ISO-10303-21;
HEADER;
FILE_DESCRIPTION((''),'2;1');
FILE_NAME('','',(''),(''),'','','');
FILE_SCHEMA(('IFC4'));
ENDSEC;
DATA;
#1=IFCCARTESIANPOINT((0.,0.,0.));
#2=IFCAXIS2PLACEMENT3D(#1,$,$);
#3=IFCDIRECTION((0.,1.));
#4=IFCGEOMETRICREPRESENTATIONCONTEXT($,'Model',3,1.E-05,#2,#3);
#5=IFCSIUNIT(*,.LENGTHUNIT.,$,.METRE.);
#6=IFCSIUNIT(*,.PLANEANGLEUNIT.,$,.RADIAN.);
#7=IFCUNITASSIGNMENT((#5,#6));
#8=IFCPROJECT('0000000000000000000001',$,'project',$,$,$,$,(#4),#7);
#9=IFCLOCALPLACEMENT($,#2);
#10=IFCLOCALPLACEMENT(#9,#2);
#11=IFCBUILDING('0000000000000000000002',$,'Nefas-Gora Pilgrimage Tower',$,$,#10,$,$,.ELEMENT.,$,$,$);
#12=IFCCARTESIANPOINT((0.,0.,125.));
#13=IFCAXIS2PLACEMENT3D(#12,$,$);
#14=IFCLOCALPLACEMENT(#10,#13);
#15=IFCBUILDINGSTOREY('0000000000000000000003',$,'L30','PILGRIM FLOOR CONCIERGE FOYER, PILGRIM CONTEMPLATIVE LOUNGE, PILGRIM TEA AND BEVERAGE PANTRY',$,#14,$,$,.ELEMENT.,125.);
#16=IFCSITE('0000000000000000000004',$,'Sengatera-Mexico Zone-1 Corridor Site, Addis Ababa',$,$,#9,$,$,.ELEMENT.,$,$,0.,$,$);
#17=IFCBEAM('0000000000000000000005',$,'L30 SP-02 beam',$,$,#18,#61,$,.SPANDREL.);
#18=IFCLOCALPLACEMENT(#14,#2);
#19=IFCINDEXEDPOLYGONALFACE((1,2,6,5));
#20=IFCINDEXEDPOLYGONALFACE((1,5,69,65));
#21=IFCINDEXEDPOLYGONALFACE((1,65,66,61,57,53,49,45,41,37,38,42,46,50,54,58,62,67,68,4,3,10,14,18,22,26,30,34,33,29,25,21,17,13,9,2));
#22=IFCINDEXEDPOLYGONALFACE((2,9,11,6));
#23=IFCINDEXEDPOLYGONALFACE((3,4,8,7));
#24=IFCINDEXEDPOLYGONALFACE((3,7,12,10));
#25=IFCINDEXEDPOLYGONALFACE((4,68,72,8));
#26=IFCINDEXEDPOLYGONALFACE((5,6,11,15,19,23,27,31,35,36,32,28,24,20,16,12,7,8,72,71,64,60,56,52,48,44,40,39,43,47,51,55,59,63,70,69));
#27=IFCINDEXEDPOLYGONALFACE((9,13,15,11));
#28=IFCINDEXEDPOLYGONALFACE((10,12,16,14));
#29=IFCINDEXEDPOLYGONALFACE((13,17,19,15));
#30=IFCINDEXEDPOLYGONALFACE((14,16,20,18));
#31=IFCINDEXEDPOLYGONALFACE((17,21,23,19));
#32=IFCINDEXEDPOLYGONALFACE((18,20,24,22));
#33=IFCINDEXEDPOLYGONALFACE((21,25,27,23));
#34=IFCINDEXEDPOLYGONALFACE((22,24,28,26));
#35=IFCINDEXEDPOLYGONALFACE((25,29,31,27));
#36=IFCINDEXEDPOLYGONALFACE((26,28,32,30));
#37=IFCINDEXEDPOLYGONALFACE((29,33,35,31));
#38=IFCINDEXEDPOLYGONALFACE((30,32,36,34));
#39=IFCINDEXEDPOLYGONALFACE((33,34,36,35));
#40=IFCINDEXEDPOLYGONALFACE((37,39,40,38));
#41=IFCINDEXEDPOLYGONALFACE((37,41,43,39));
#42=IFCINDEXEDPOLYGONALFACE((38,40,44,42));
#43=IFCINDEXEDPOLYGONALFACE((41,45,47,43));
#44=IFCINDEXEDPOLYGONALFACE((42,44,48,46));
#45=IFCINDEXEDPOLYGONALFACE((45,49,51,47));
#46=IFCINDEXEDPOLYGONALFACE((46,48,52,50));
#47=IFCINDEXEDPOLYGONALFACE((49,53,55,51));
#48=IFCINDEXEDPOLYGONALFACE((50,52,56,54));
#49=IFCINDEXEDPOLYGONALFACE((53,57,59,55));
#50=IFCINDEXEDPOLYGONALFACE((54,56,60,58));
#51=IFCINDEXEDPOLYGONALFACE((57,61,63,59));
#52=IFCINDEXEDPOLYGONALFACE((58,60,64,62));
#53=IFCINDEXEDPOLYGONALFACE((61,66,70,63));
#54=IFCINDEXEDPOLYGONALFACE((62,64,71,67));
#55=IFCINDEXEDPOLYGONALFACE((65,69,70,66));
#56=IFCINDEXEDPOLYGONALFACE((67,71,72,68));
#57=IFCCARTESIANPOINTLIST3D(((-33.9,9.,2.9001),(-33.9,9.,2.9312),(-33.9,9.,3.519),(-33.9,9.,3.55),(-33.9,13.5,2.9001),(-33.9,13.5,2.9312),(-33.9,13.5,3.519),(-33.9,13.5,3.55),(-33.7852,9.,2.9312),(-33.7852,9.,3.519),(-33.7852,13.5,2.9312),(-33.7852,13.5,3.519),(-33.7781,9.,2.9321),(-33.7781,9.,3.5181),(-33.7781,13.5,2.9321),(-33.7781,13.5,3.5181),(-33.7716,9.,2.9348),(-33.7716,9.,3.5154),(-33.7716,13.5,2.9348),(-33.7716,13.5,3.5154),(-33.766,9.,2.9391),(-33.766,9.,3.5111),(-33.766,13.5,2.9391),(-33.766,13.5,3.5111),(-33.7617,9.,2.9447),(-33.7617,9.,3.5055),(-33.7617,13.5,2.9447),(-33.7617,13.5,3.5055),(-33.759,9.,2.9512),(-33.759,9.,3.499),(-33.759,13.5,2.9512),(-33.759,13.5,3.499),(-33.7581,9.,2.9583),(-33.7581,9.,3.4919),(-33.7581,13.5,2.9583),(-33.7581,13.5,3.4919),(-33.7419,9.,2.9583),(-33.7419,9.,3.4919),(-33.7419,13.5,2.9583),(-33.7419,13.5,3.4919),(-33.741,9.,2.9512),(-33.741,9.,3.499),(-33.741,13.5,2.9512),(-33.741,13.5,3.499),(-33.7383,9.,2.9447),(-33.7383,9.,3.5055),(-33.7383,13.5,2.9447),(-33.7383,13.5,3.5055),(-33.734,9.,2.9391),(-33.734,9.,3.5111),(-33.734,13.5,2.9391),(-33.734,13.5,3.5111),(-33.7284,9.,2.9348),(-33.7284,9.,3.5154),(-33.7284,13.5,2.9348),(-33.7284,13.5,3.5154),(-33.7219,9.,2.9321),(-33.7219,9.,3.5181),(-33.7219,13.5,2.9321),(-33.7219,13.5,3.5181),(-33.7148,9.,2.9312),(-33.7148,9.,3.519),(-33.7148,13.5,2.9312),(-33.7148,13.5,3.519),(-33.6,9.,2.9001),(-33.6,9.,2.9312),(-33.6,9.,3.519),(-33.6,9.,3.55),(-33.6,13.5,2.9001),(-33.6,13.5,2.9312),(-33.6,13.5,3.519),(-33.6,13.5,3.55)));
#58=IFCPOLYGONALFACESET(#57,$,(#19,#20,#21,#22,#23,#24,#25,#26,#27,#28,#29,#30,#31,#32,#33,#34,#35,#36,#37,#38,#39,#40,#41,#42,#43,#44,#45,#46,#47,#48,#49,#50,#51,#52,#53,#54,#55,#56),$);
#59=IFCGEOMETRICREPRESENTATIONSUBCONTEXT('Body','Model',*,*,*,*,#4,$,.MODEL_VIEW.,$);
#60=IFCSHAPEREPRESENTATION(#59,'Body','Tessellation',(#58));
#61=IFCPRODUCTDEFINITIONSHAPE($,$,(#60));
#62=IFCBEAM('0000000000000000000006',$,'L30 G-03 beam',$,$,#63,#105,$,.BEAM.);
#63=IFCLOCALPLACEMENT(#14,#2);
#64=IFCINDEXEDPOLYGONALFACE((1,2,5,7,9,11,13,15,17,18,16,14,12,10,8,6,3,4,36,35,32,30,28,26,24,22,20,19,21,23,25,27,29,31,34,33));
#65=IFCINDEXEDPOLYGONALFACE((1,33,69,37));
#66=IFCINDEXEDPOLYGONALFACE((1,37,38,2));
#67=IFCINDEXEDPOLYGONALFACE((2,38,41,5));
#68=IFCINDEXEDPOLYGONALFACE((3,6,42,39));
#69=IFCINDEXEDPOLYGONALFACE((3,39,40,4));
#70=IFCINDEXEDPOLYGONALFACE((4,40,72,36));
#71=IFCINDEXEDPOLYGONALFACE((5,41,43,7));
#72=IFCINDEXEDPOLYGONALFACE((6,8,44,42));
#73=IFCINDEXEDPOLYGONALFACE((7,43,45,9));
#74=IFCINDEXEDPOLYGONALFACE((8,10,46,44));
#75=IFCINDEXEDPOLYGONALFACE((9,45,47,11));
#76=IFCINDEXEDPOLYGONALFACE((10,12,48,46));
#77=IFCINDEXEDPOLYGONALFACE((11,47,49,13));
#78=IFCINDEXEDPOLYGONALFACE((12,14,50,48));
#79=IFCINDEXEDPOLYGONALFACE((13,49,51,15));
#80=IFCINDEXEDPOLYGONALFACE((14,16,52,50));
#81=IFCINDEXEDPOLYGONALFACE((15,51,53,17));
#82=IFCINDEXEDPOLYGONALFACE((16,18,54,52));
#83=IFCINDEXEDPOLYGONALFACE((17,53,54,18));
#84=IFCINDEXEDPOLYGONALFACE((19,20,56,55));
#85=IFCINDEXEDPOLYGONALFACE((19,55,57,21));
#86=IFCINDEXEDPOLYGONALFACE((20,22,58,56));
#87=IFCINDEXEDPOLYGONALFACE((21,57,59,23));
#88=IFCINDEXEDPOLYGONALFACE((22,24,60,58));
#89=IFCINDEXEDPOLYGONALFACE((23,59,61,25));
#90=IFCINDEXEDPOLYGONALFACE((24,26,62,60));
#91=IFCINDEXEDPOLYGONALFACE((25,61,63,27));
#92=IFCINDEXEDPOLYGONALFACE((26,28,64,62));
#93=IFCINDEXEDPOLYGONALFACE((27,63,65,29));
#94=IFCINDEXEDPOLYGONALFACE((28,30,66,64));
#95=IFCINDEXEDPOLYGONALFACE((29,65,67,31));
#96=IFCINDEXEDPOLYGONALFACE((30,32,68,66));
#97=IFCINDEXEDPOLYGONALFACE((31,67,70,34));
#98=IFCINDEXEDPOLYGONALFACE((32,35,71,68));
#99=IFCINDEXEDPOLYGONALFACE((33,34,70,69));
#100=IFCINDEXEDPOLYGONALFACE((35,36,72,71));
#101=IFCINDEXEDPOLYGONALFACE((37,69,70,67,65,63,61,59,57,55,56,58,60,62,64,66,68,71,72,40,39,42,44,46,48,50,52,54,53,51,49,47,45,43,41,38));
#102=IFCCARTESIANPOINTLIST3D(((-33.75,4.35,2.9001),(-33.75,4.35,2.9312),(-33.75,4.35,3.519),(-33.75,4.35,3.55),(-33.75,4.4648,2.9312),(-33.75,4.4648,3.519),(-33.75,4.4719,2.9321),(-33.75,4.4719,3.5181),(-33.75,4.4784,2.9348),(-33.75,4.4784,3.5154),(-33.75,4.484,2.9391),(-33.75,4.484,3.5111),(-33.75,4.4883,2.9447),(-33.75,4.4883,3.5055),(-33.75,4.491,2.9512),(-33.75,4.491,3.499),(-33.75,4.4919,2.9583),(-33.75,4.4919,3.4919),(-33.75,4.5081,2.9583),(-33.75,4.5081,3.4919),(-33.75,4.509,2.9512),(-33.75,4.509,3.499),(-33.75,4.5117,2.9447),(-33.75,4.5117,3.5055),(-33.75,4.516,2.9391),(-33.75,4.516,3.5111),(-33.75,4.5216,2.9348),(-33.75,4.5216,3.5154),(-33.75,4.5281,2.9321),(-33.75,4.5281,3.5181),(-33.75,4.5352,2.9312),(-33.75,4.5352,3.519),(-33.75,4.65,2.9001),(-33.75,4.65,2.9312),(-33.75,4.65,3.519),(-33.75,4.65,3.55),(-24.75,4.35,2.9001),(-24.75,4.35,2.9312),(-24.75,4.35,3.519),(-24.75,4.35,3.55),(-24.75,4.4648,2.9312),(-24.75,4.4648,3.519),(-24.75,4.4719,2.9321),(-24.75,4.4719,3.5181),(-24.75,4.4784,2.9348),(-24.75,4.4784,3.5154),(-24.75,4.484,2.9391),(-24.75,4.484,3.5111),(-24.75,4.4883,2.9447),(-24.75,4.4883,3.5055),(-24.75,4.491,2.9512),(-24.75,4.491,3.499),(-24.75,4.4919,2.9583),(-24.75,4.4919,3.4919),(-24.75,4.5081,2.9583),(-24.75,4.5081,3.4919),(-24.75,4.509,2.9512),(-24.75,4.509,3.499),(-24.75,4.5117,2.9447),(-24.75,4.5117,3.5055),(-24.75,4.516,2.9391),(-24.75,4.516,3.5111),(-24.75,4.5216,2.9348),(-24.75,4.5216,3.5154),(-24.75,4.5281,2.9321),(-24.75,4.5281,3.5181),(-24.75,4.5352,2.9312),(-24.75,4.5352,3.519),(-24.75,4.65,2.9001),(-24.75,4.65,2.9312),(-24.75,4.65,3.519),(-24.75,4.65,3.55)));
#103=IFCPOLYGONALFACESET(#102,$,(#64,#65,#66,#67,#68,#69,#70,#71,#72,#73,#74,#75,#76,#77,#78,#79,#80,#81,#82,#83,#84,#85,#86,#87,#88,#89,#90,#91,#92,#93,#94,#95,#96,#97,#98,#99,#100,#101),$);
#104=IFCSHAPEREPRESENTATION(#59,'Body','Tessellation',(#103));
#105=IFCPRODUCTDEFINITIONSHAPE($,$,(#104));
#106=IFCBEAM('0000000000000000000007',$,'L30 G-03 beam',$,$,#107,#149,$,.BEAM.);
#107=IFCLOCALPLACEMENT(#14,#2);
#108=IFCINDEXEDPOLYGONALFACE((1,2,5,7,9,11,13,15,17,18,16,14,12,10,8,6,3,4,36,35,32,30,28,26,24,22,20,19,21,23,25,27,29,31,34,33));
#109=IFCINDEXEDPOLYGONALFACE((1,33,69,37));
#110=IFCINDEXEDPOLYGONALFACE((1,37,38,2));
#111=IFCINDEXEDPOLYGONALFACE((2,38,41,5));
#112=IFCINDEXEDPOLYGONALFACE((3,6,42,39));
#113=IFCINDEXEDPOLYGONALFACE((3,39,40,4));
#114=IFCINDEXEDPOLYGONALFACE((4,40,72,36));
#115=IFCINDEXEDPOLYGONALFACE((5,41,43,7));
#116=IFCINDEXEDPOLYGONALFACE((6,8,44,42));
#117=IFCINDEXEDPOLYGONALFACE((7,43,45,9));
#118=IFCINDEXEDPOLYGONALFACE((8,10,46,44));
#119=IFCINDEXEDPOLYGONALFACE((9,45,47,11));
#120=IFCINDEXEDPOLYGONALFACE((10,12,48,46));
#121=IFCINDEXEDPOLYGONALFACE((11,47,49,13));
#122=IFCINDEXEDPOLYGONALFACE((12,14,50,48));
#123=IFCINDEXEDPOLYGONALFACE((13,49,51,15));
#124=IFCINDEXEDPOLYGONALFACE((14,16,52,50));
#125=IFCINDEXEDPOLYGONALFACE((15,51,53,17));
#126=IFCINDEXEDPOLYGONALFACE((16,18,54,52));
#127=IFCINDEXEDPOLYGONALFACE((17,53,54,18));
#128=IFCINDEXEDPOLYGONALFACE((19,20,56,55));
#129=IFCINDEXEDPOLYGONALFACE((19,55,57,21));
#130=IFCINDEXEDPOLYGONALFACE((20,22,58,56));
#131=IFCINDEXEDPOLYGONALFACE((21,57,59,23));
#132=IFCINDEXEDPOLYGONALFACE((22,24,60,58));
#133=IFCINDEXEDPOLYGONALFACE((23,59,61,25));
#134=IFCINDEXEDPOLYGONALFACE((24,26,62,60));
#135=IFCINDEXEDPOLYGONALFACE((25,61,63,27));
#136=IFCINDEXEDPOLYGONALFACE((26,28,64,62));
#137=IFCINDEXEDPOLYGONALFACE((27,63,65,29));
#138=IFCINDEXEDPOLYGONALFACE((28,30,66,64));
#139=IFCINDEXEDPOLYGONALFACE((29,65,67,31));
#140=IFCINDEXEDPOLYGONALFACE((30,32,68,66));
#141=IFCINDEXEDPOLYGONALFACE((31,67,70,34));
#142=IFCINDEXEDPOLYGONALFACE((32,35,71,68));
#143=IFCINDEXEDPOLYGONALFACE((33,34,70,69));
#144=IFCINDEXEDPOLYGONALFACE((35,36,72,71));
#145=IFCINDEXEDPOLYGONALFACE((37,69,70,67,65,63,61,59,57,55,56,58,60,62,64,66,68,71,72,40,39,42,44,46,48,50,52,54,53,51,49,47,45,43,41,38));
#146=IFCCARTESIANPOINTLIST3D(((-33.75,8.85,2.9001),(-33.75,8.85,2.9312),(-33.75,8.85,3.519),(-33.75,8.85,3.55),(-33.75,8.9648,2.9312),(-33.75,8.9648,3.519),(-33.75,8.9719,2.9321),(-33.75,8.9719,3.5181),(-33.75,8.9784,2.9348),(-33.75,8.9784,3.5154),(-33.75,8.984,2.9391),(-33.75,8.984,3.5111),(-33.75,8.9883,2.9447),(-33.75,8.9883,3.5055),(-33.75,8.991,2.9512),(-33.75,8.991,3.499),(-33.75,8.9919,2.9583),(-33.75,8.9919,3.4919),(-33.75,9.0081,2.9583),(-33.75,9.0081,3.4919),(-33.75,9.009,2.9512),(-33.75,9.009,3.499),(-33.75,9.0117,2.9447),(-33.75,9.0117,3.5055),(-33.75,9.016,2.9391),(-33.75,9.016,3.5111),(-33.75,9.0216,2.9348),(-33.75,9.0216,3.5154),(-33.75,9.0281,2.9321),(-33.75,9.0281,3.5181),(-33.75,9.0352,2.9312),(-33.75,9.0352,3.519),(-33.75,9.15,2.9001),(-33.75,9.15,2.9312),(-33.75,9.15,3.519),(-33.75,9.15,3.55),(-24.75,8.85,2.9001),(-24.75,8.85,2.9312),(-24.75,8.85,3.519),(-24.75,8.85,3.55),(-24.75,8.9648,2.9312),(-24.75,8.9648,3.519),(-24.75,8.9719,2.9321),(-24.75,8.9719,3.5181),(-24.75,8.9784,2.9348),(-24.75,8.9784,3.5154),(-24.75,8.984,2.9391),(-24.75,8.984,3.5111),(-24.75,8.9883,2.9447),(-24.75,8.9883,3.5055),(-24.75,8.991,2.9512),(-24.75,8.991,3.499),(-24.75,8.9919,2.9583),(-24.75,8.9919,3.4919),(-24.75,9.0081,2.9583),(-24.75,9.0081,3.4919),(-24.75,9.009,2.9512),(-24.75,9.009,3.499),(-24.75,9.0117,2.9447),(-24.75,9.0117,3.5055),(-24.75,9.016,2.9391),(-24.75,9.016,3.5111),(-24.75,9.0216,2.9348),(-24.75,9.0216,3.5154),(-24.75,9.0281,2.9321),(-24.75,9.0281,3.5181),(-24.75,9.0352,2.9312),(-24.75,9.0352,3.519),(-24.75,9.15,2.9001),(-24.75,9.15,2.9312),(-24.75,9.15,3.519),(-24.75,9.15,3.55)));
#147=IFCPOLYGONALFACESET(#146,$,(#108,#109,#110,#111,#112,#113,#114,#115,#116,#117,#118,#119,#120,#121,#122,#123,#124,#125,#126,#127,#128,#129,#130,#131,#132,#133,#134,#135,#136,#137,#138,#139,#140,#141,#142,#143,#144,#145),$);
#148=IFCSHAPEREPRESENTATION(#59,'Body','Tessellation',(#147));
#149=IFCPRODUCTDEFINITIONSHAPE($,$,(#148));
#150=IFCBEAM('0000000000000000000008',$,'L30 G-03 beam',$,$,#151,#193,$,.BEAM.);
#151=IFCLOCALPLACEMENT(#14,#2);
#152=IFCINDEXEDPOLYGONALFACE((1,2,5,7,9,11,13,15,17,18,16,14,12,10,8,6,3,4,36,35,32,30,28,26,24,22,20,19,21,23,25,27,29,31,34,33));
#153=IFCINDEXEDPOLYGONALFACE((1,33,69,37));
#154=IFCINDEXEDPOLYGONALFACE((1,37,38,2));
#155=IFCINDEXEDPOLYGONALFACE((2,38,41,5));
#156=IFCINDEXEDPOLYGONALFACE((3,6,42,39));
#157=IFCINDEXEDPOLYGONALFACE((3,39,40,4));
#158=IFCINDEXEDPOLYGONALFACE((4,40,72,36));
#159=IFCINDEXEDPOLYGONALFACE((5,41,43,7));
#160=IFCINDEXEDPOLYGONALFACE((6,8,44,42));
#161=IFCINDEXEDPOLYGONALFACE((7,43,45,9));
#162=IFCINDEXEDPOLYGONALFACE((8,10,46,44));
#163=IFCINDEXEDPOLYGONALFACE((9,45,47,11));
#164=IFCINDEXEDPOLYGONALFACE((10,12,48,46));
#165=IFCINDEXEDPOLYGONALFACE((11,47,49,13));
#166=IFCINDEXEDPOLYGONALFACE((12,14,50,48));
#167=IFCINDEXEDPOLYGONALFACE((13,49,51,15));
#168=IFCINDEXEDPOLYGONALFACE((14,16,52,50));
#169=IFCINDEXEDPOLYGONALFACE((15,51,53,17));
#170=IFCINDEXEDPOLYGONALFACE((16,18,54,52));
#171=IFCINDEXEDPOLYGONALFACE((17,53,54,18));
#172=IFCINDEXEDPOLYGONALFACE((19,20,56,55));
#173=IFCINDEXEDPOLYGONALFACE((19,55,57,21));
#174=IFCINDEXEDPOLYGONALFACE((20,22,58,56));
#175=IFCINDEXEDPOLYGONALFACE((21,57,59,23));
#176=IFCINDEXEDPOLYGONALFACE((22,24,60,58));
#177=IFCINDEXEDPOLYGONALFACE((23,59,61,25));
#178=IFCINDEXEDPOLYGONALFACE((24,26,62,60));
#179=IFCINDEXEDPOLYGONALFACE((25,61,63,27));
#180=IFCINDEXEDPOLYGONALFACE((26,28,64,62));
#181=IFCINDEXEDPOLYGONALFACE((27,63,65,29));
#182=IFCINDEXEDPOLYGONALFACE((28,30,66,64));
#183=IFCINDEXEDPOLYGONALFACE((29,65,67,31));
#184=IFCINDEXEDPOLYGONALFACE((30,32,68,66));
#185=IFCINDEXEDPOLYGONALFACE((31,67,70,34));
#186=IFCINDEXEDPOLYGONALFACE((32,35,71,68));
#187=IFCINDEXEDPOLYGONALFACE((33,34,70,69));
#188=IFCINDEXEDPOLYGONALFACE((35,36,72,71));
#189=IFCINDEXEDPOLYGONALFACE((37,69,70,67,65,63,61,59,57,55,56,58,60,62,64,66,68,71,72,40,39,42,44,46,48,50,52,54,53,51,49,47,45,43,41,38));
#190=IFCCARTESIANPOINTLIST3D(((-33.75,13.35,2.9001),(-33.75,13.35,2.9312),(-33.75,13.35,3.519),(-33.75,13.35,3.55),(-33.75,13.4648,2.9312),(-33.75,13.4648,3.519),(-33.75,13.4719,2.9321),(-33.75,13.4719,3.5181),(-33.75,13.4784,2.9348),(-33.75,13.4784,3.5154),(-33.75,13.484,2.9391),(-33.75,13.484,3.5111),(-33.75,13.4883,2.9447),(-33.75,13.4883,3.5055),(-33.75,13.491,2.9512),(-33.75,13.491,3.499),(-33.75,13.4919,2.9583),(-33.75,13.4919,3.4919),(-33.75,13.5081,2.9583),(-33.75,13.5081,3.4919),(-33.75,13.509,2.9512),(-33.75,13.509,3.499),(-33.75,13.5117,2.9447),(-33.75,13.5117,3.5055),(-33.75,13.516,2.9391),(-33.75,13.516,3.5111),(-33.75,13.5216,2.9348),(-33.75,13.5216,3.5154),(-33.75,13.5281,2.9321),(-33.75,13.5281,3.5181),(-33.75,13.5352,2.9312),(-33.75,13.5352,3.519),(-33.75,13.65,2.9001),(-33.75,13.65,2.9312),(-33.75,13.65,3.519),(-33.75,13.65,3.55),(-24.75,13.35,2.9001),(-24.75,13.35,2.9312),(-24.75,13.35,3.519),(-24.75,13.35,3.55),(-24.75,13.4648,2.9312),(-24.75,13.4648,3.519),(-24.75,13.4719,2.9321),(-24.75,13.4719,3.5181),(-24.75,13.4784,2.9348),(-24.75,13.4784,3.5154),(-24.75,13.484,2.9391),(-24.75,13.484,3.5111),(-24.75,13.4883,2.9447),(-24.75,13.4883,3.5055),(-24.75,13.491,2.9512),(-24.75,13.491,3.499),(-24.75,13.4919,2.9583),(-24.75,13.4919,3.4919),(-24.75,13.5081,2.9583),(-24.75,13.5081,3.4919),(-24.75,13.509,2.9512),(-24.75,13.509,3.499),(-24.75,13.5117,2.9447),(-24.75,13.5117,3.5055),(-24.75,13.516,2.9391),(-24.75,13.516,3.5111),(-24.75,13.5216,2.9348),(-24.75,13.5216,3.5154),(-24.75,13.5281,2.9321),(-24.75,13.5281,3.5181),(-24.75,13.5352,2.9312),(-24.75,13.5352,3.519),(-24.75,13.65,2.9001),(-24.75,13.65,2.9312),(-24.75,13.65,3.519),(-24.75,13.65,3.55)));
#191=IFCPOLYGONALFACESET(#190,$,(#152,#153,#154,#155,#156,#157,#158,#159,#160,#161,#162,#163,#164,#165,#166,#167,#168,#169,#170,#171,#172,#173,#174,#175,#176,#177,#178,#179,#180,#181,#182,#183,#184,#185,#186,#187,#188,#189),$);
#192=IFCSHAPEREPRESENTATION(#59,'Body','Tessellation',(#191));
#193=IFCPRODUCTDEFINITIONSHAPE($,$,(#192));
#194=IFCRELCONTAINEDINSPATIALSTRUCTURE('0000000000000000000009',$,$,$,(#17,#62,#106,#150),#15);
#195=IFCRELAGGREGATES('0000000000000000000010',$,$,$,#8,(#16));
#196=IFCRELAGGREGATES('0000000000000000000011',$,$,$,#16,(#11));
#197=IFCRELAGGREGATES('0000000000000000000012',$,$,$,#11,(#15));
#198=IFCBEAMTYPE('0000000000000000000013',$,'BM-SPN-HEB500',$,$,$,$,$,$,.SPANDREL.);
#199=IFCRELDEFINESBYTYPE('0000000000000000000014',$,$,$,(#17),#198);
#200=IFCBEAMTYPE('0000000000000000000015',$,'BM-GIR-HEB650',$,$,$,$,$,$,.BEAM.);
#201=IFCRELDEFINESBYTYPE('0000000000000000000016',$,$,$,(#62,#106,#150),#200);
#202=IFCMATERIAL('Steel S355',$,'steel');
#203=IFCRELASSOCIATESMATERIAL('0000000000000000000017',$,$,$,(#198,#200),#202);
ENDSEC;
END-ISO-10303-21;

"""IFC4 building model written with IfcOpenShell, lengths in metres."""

from ifc_helpers import new_model, si_unit, direction, frame, origin, origin_2d, place, context, subcontext, project, spatial, i_section, extrude, source, transform, mapped, material, material_profile, profile_set, type_object, element, save


model = new_model("IFC4")

# Units and contexts
model_context = context("Model", 3, precision=1e-05, world=origin(), true_north=direction((0.0, 1.0)))
body_context = subcontext(model_context, "Body", "Model", "MODEL_VIEW")
ifc_project = project(units=[si_unit("LENGTHUNIT", "METRE"), si_unit("PLANEANGLEUNIT", "RADIAN")], contexts=[model_context])

# Site, building, storey
site_placement = place(None, origin())
site = spatial("IfcSite", under=ifc_project, at=site_placement, Name="Sengatera-Mexico Zone-1 Corridor Site, Addis Ababa", CompositionType="ELEMENT", RefElevation=0.0)
building_placement = place(site_placement, origin())
building = spatial("IfcBuilding", under=site, at=building_placement, Name="Nefas-Gora Pilgrimage Tower", CompositionType="ELEMENT")
storey_placement = place(building_placement, frame((0.0, 0.0, 125.0)))
storey = spatial("IfcBuildingStorey", under=building, at=storey_placement, Name="L30", Description="PILGRIM FLOOR CONCIERGE FOYER, PILGRIM CONTEMPLATIVE LOUNGE, PILGRIM TEA AND BEVERAGE PANTRY", CompositionType="ELEMENT", Elevation=125.0)

# Beams
ifc_material_1 = material(Name="Steel S355", Category="steel")
ifc_material_profile_1 = material_profile(ifc_material_1, i_section(OverallWidth=0.3, OverallDepth=0.6499, WebThickness=0.0161, FlangeThickness=0.031, FilletRadius=0.0271, at=origin_2d()), Name="HEB 650")
ifc_profile_set_1 = profile_set([ifc_material_profile_1], Name="Steel S355")
beam_type_1 = type_object("IfcBeamType", Name="BM-SPN-HEB500", PredefinedType="SPANDREL", material=ifc_profile_set_1)
shared_shape_1 = source(origin(), body_context, "Body", "SweptSolid", [
    extrude(i_section(OverallWidth=0.3, OverallDepth=0.6499, WebThickness=0.0161, FlangeThickness=0.031, FilletRadius=0.0271, at=origin_2d()), origin(), (0.0, 0.0, 1.0), 4.5),
])
for number, where, z_axis, x_axis, name in (
    (1, (-33.75, 9.0, 3.2251), (0.0, 1.0, 0.0), (-1.0, 0.0, 0.0), "L30 SP-02 beam"),
):
    element("IfcBeam", number, at=place(storey_placement, frame(where, z_axis=z_axis, x_axis=x_axis)), inside=storey, type_object=beam_type_1, Name=name, PredefinedType="SPANDREL", context=body_context, shape_type="MappedRepresentation", body=[
        mapped(shared_shape_1, transform((0.0, 0.0, 0.0), x_axis=(1.0, 0.0, 0.0), y_axis=(0.0, 1.0, 0.0), z_axis=(0.0, 0.0, 1.0), scale=1.0)),
    ])
ifc_material_profile_2 = material_profile(ifc_material_1, i_section(OverallWidth=0.3, OverallDepth=0.6499, WebThickness=0.0161, FlangeThickness=0.031, FilletRadius=0.0271, at=origin_2d()), Name="HEB 650")
ifc_profile_set_2 = profile_set([ifc_material_profile_2], Name="Steel S355")
beam_type_2 = type_object("IfcBeamType", Name="BM-GIR-HEB650", PredefinedType="BEAM", material=ifc_profile_set_2)
shared_shape_2 = source(origin(), body_context, "Body", "SweptSolid", [
    extrude(i_section(OverallWidth=0.3, OverallDepth=0.6499, WebThickness=0.0161, FlangeThickness=0.031, FilletRadius=0.0271, at=origin_2d()), origin(), (0.0, 0.0, 1.0), 9.0),
])
for number, where, z_axis, x_axis, name in (
    (2, (-33.75, 4.5, 3.2251), (1.0, 0.0, 0.0), (0.0, 1.0, 0.0), "L30 G-03 beam"),
    (3, (-33.75, 9.0, 3.2251), (1.0, 0.0, 0.0), (0.0, 1.0, 0.0), "L30 G-03 beam"),
    (4, (-33.75, 13.5, 3.2251), (1.0, 0.0, 0.0), (0.0, 1.0, 0.0), "L30 G-03 beam"),
):
    element("IfcBeam", number, at=place(storey_placement, frame(where, z_axis=z_axis, x_axis=x_axis)), inside=storey, type_object=beam_type_2, Name=name, PredefinedType="BEAM", context=body_context, shape_type="MappedRepresentation", body=[
        mapped(shared_shape_2, transform((0.0, 0.0, 0.0), x_axis=(1.0, 0.0, 0.0), y_axis=(0.0, 1.0, 0.0), z_axis=(0.0, 0.0, 1.0), scale=1.0)),
    ])

save(model, "model.ifc")
